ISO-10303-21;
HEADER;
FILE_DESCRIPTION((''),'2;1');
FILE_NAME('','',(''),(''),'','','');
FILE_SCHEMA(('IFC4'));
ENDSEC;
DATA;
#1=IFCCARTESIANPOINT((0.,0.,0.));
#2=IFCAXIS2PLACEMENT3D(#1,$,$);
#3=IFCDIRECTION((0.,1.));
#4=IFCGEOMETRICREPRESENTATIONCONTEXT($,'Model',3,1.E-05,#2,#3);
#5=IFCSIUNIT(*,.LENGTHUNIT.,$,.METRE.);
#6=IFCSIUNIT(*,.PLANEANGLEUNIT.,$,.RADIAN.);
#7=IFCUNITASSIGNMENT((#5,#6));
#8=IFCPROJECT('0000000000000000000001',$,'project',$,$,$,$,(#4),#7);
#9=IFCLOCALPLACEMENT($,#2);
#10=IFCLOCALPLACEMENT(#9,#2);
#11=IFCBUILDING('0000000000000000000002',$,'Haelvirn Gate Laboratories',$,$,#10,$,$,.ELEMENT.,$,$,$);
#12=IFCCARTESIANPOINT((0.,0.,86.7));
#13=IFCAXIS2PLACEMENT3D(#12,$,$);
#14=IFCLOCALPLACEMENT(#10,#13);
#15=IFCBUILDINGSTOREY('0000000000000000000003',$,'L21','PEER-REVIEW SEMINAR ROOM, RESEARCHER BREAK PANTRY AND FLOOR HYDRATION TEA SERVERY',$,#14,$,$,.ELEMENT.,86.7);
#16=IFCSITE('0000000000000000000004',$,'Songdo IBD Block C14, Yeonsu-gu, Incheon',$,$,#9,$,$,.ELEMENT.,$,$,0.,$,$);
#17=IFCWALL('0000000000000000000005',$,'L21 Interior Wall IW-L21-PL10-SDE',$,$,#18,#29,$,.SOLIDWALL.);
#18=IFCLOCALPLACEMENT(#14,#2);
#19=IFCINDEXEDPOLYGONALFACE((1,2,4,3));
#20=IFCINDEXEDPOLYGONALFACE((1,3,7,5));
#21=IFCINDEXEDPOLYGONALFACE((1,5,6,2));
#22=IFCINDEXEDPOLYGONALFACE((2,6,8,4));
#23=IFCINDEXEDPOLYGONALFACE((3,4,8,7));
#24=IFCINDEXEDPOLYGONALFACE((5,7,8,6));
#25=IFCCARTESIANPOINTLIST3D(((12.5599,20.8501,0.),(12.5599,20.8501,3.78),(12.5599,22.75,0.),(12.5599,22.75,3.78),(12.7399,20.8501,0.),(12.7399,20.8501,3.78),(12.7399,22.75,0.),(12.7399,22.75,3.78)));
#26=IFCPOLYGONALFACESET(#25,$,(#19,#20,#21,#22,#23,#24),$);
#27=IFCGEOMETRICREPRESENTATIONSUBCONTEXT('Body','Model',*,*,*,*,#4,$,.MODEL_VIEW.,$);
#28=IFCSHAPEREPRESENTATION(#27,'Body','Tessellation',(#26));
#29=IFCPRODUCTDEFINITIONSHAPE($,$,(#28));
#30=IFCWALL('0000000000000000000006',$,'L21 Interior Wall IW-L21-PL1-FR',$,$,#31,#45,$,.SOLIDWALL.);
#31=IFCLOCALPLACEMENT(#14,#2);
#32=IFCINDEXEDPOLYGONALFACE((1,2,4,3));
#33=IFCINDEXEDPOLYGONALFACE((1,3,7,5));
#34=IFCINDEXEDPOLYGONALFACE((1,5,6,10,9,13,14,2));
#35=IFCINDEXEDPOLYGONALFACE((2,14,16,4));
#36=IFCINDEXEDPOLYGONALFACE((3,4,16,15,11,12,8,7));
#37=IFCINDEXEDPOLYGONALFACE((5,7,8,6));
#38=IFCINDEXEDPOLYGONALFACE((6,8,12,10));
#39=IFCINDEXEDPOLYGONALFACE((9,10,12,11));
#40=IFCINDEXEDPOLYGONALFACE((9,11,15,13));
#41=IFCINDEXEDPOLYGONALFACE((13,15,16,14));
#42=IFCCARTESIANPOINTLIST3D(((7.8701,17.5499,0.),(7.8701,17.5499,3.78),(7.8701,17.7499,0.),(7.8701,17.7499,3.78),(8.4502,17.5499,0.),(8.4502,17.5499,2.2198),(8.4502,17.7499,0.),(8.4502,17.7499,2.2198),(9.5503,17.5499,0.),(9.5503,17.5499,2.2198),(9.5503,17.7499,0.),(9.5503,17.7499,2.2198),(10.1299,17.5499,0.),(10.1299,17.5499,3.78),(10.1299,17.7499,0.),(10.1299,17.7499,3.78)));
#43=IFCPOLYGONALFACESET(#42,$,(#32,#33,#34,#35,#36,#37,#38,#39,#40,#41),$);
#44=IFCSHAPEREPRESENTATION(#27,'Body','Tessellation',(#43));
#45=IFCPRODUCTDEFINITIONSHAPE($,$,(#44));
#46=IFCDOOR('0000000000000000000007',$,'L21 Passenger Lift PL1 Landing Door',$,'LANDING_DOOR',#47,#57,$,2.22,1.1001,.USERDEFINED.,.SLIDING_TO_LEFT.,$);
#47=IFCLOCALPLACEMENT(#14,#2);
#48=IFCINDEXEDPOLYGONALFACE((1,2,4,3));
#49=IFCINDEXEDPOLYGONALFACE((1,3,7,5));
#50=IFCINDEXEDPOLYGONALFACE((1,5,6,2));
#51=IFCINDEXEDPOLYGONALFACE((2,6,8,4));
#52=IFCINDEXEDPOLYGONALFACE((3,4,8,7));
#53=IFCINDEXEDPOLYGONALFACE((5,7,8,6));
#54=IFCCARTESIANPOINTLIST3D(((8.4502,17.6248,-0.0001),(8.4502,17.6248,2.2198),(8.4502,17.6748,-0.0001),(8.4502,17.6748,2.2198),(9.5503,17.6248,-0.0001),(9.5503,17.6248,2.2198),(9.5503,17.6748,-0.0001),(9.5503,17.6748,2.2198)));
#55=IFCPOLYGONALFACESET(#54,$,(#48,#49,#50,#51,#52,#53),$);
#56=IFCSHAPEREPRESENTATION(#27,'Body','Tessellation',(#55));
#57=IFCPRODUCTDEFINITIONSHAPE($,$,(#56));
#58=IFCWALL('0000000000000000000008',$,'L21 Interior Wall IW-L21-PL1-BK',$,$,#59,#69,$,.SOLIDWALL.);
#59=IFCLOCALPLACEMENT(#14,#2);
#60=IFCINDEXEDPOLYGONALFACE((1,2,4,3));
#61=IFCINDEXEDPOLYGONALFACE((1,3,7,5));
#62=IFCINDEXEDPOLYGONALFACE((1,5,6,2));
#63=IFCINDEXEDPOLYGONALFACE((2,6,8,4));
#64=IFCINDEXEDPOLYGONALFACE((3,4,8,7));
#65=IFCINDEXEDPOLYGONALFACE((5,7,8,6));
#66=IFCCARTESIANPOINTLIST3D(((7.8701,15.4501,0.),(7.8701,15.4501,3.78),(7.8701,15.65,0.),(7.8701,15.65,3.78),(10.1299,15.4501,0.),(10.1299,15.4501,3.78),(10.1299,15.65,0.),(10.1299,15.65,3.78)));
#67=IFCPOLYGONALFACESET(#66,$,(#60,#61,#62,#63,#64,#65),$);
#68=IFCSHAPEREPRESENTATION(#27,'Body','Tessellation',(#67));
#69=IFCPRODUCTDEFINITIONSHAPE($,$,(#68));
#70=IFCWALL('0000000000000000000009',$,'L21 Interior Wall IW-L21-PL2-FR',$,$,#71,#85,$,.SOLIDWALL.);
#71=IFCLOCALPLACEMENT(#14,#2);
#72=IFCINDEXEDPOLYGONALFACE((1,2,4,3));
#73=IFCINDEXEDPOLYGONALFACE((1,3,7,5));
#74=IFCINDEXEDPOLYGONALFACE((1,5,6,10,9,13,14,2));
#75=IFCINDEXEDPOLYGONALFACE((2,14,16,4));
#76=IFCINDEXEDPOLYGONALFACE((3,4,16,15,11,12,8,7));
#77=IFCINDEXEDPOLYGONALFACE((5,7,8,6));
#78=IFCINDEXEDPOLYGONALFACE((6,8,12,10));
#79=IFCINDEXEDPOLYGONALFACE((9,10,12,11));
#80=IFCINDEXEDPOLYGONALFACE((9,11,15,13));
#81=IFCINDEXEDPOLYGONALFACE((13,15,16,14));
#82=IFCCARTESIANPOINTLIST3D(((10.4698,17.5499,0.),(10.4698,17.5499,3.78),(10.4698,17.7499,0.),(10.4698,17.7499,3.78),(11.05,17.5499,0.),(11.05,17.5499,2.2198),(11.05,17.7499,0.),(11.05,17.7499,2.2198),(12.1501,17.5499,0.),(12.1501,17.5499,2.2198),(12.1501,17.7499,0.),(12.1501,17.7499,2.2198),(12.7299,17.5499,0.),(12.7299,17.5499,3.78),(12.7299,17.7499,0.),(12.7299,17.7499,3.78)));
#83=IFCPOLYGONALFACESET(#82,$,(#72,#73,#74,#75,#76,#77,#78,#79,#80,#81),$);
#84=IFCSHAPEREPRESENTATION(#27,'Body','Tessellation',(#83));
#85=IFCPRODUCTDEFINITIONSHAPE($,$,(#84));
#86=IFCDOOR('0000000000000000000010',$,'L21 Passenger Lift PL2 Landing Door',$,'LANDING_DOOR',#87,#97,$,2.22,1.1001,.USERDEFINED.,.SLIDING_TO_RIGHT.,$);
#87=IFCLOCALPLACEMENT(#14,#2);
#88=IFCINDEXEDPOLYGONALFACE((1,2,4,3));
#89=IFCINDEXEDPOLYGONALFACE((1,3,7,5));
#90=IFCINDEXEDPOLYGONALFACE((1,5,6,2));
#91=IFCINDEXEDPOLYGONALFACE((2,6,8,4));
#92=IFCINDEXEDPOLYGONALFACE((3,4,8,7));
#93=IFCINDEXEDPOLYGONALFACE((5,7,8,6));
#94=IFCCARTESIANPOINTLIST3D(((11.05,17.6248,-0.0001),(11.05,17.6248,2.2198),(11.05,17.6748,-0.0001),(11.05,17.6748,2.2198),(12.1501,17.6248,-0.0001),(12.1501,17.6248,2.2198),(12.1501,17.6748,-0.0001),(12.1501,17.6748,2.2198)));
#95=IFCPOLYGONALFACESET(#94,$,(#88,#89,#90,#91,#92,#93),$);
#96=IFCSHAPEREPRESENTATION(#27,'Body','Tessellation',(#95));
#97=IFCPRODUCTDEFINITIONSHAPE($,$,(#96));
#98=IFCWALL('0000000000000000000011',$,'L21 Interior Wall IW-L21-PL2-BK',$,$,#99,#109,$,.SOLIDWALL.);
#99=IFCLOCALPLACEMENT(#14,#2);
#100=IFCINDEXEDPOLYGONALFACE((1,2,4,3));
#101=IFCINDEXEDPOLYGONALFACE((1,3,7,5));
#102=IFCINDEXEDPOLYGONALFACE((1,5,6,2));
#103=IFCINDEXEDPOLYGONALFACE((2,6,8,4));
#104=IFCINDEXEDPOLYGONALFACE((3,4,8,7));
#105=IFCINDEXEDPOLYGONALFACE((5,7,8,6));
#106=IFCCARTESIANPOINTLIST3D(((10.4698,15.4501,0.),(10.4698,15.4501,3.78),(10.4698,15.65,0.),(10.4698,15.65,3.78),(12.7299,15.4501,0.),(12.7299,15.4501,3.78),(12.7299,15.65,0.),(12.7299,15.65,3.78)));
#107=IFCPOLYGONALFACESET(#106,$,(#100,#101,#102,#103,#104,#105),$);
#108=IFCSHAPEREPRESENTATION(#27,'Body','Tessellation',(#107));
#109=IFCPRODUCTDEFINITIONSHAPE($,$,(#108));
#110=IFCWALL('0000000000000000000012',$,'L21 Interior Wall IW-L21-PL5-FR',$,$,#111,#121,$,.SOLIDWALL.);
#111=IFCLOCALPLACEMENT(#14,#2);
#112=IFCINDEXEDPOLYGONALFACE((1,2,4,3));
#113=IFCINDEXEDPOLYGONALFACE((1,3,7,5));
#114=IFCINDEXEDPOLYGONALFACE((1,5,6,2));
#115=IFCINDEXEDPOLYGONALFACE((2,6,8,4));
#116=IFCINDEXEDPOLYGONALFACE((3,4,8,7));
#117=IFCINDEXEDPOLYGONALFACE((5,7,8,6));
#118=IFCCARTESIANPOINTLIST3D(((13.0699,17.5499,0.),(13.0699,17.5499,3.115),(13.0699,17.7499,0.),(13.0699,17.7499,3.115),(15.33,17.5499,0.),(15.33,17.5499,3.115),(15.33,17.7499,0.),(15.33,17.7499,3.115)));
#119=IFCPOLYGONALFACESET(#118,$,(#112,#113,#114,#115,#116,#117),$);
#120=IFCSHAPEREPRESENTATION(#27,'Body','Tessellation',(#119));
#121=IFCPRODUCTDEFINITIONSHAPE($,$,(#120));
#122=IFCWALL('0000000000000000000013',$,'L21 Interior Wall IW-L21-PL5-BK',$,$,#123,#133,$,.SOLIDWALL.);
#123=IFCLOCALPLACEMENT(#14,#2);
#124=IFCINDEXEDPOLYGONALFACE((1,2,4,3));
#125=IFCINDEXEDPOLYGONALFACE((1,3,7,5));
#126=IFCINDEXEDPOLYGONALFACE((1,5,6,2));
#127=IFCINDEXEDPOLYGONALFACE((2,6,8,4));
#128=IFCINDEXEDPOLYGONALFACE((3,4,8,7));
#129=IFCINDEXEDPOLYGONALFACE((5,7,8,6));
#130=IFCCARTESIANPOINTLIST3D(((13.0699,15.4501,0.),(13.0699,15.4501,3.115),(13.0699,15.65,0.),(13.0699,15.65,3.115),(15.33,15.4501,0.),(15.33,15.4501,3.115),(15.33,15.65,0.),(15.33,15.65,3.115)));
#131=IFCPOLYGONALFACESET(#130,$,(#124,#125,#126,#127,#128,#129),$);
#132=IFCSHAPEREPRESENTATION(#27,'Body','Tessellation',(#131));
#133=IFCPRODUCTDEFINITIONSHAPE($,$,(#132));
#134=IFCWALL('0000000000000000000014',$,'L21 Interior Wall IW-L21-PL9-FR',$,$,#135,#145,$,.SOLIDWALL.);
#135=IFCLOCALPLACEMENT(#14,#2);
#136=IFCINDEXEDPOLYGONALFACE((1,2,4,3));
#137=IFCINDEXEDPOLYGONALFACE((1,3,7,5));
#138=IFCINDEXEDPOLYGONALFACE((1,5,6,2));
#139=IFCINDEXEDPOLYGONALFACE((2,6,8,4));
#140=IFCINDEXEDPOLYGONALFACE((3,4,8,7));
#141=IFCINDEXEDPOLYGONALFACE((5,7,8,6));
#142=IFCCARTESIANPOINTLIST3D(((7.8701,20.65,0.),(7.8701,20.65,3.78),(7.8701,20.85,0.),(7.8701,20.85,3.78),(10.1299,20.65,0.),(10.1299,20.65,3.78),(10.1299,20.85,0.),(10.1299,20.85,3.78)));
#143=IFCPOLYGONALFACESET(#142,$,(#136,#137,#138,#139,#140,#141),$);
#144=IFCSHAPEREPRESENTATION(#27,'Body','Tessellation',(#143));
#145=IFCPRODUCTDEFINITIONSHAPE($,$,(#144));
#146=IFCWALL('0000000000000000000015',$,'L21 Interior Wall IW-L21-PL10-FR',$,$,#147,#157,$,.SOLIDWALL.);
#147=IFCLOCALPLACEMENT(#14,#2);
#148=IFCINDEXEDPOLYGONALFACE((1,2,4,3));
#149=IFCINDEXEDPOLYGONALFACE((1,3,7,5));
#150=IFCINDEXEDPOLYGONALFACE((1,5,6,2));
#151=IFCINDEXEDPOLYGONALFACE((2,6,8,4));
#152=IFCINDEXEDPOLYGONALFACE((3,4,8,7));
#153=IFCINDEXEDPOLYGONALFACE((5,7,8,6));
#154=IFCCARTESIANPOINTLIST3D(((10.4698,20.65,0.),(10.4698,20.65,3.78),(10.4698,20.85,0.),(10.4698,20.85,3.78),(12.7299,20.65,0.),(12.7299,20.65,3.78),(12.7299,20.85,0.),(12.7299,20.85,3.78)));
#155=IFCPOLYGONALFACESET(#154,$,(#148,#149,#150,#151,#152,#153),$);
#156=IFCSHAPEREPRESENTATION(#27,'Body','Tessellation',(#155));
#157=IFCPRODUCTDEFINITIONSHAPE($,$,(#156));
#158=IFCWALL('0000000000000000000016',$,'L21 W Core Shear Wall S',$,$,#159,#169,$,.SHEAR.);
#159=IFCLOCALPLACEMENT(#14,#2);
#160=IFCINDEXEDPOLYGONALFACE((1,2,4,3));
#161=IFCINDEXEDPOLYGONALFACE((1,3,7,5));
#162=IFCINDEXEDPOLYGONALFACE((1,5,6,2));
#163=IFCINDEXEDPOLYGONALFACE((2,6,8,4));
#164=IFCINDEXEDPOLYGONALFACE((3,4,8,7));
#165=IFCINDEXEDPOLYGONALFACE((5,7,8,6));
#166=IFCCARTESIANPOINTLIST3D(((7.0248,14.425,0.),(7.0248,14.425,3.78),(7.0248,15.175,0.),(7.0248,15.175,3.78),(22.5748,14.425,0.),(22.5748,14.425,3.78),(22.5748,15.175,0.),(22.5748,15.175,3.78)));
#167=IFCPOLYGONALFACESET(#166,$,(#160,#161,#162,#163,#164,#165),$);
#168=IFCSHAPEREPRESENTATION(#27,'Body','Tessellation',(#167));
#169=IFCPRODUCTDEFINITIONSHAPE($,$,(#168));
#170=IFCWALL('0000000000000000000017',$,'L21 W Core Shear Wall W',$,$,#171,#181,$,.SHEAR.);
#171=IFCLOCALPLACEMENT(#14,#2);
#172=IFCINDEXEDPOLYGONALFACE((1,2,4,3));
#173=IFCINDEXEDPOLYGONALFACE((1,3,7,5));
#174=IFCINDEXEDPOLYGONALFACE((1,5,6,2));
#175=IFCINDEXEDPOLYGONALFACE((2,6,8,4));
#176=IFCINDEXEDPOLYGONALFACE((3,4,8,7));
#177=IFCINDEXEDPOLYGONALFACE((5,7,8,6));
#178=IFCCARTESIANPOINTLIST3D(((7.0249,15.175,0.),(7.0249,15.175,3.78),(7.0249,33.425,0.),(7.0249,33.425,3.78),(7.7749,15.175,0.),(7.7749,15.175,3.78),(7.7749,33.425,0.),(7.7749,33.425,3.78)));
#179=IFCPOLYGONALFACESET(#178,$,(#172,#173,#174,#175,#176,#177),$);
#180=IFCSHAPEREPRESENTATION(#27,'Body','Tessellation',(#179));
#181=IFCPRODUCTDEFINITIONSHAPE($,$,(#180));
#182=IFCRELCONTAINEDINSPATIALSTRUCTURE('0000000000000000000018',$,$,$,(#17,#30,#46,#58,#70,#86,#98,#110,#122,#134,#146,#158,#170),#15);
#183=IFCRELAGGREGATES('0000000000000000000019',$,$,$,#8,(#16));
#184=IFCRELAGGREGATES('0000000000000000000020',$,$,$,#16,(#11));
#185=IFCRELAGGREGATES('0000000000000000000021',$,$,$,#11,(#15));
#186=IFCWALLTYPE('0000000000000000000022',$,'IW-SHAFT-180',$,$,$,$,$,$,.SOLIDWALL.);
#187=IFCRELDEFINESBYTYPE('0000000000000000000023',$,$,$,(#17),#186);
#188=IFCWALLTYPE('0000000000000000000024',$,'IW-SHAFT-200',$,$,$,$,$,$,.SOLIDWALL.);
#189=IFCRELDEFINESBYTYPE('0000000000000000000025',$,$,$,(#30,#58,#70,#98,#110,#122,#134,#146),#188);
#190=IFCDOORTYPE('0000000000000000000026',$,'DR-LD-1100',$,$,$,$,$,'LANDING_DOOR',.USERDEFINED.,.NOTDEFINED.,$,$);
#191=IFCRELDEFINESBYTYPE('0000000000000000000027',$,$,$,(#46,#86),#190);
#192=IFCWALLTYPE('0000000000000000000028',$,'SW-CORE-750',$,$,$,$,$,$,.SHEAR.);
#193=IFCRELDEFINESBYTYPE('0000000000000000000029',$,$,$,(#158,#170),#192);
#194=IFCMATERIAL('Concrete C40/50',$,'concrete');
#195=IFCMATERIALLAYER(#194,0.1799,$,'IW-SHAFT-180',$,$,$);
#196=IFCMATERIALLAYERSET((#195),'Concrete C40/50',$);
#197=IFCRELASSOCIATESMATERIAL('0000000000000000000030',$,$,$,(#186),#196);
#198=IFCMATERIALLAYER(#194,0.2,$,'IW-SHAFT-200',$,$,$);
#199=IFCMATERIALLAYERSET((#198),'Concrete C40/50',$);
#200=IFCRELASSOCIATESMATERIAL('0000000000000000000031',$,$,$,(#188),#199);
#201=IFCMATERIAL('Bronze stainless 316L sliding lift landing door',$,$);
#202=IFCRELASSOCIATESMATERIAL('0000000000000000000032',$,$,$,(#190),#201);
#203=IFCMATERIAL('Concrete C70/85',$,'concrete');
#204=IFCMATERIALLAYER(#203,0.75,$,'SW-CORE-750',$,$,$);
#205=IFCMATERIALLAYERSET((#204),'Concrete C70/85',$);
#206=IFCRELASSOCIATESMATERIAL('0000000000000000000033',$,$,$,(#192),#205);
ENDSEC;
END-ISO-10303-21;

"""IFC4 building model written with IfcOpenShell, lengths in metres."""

from ifc_helpers import new_model, si_unit, direction, frame, frame_2d, origin, place, context, subcontext, project, spatial, rectangle, extrude, source, transform, mapped, material, layer, layer_set, type_object, type_shapes, element, fill, save


model = new_model("IFC4")

# Units and contexts
model_context = context("Model", 3, precision=1e-05, world=origin(), true_north=direction((0.0, 1.0)))
body_context = subcontext(model_context, "Body", "Model", "MODEL_VIEW")
ifc_project = project(units=[si_unit("LENGTHUNIT", "METRE"), si_unit("PLANEANGLEUNIT", "RADIAN")], contexts=[model_context])

# Site, building, storey
site_placement = place(None, origin())
site = spatial("IfcSite", under=ifc_project, at=site_placement, Name="Songdo IBD Block C14, Yeonsu-gu, Incheon", CompositionType="ELEMENT", RefElevation=0.0)
building_placement = place(site_placement, origin())
building = spatial("IfcBuilding", under=site, at=building_placement, Name="Haelvirn Gate Laboratories", CompositionType="ELEMENT")
storey_placement = place(building_placement, frame((0.0, 0.0, 86.7)))
storey = spatial("IfcBuildingStorey", under=building, at=storey_placement, Name="L21", Description="PEER-REVIEW SEMINAR ROOM, RESEARCHER BREAK PANTRY AND FLOOR HYDRATION TEA SERVERY", CompositionType="ELEMENT", Elevation=86.7)

# Shared definitions
ifc_material_1 = material(Name="Concrete C70/85", Category="concrete")

# Wall
ifc_material_2 = material(Name="Concrete C40/50", Category="concrete")
ifc_layer_1 = layer(ifc_material_2, 0.1799, Name="IW-SHAFT-180")
ifc_layer_set_1 = layer_set([ifc_layer_1], Name="Concrete C40/50")
wall_type_1 = type_object("IfcWallType", Name="IW-SHAFT-180", PredefinedType="SOLIDWALL", material=ifc_layer_set_1)
for number, where, z_axis, x_axis, name in (
    (1, (12.6499, 20.8501, 0.0), (0.0, 0.0, 1.0), (0.0, 1.0, 0.0), "L21 Interior Wall IW-L21-PL10-SDE"),
):
    element("IfcWall", number, at=place(storey_placement, frame(where, z_axis=z_axis, x_axis=x_axis)), inside=storey, type_object=wall_type_1, Name=name, PredefinedType="SOLIDWALL", context=body_context, shape_type="SweptSolid", body=[
        extrude(rectangle(XDim=1.8999, YDim=0.1799, at=frame_2d((0.95, 0.0))), origin(), (0.0, 0.0, 1.0), 3.78),
    ])

# Wall, opening, door
ifc_layer_2 = layer(ifc_material_2, 0.2, Name="IW-SHAFT-200")
ifc_layer_set_2 = layer_set([ifc_layer_2], Name="Concrete C40/50")
wall_type_2 = type_object("IfcWallType", Name="IW-SHAFT-200", PredefinedType="SOLIDWALL", material=ifc_layer_set_2)
wall_1_placement = place(storey_placement, frame((7.8701, 17.6499, 0.0), z_axis=(0.0, 0.0, 1.0), x_axis=(1.0, 0.0, 0.0)))
wall_1 = element("IfcWall", 2, at=wall_1_placement, inside=storey, type_object=wall_type_2, Name="L21 Interior Wall IW-L21-PL1-FR", PredefinedType="SOLIDWALL", context=body_context, shape_type="SweptSolid", body=[
    extrude(rectangle(XDim=2.2598, YDim=0.2, at=frame_2d((1.1299, 0.0))), origin(), (0.0, 0.0, 1.0), 3.78),
])
opening_1_placement = place(wall_1_placement, frame((0.5801, 0.0, 0.0)))
opening_1 = element("IfcOpeningElement", 3, at=opening_1_placement, cuts=wall_1, PredefinedType="OPENING", context=body_context, shape_type="SweptSolid", body=[
    extrude(rectangle(XDim=1.1001, YDim=2.22, at=frame_2d((0.55, 1.1099))), frame((0.0, 0.1099, 0.0), z_axis=(0.0, -1.0, 0.0), x_axis=(1.0, 0.0, 0.0)), (0.0, 0.0, 1.0), 0.22),
])
ifc_material_3 = material(Name="Bronze stainless 316L sliding lift landing door")
door_type_1 = type_object("IfcDoorType", Name="DR-LD-1100", ElementType="LANDING_DOOR", OperationType="NOTDEFINED", PredefinedType="USERDEFINED", material=ifc_material_3)
shared_shape_1 = source(origin(), body_context, "Body", "SweptSolid", [
    extrude(rectangle(XDim=1.1001, YDim=2.22, at=frame_2d((0.55, 1.1099))), frame((0.0, 0.0249, 0.0), z_axis=(0.0, -1.0, 0.0), x_axis=(1.0, 0.0, 0.0)), (0.0, 0.0, 1.0), 0.05),
])
type_shapes(door_type_1, [shared_shape_1])
door_1_placement = place(opening_1_placement, origin())
door_1 = element("IfcDoor", 4, at=door_1_placement, inside=storey, type_object=door_type_1, Name="L21 Passenger Lift PL1 Landing Door", ObjectType="LANDING_DOOR", OperationType="SLIDING_TO_LEFT", OverallHeight=2.22, OverallWidth=1.1001, PredefinedType="USERDEFINED", context=body_context, shape_type="MappedRepresentation", body=[
    mapped(shared_shape_1, transform((0.0, 0.0, 0.0), scale=1.0)),
])
fill(opening_1, door_1)

# Wall
wall_2_placement = place(storey_placement, frame((7.8701, 15.55, 0.0), z_axis=(0.0, 0.0, 1.0), x_axis=(1.0, 0.0, 0.0)))
element("IfcWall", 5, at=wall_2_placement, inside=storey, type_object=wall_type_2, Name="L21 Interior Wall IW-L21-PL1-BK", PredefinedType="SOLIDWALL", context=body_context, shape_type="SweptSolid", body=[
    extrude(rectangle(XDim=2.2598, YDim=0.2, at=frame_2d((1.1299, 0.0))), origin(), (0.0, 0.0, 1.0), 3.78),
])

# Wall, opening, door
wall_3_placement = place(storey_placement, frame((10.47, 17.6499, 0.0), z_axis=(0.0, 0.0, 1.0), x_axis=(1.0, 0.0, 0.0)))
wall_3 = element("IfcWall", 6, at=wall_3_placement, inside=storey, type_object=wall_type_2, Name="L21 Interior Wall IW-L21-PL2-FR", PredefinedType="SOLIDWALL", context=body_context, shape_type="SweptSolid", body=[
    extrude(rectangle(XDim=2.26, YDim=0.2, at=frame_2d((1.1299, 0.0))), origin(), (0.0, 0.0, 1.0), 3.78),
])
opening_2_placement = place(wall_3_placement, frame((0.5801, 0.0, 0.0)))
opening_2 = element("IfcOpeningElement", 7, at=opening_2_placement, cuts=wall_3, PredefinedType="OPENING", context=body_context, shape_type="SweptSolid", body=[
    extrude(rectangle(XDim=1.1001, YDim=2.22, at=frame_2d((0.55, 1.1099))), frame((0.0, 0.1099, 0.0), z_axis=(0.0, -1.0, 0.0), x_axis=(1.0, 0.0, 0.0)), (0.0, 0.0, 1.0), 0.22),
])
door_2_placement = place(opening_2_placement, origin())
door_2 = element("IfcDoor", 8, at=door_2_placement, inside=storey, type_object=door_type_1, Name="L21 Passenger Lift PL2 Landing Door", ObjectType="LANDING_DOOR", OperationType="SLIDING_TO_RIGHT", OverallHeight=2.22, OverallWidth=1.1001, PredefinedType="USERDEFINED", context=body_context, shape_type="MappedRepresentation", body=[
    mapped(shared_shape_1, transform((0.0, 0.0, 0.0), scale=1.0)),
])
fill(opening_2, door_2)

# Walls
wall_4_placement = place(storey_placement, frame((10.47, 15.55, 0.0), z_axis=(0.0, 0.0, 1.0), x_axis=(1.0, 0.0, 0.0)))
element("IfcWall", 9, at=wall_4_placement, inside=storey, type_object=wall_type_2, Name="L21 Interior Wall IW-L21-PL2-BK", PredefinedType="SOLIDWALL", context=body_context, shape_type="SweptSolid", body=[
    extrude(rectangle(XDim=2.26, YDim=0.2, at=frame_2d((1.1299, 0.0))), origin(), (0.0, 0.0, 1.0), 3.78),
])
for number, where, z_axis, x_axis, name in (
    (10, (13.0701, 17.6499, 0.0), (0.0, 0.0, 1.0), (1.0, 0.0, 0.0), "L21 Interior Wall IW-L21-PL5-FR"),
    (11, (13.0701, 15.55, 0.0), (0.0, 0.0, 1.0), (1.0, 0.0, 0.0), "L21 Interior Wall IW-L21-PL5-BK"),
):
    element("IfcWall", number, at=place(storey_placement, frame(where, z_axis=z_axis, x_axis=x_axis)), inside=storey, type_object=wall_type_2, Name=name, PredefinedType="SOLIDWALL", context=body_context, shape_type="SweptSolid", body=[
        extrude(rectangle(XDim=2.26, YDim=0.2, at=frame_2d((1.1299, 0.0))), origin(), (0.0, 0.0, 1.0), 3.115),
    ])
wall_5_placement = place(storey_placement, frame((7.8701, 20.75, 0.0), z_axis=(0.0, 0.0, 1.0), x_axis=(1.0, 0.0, 0.0)))
element("IfcWall", 12, at=wall_5_placement, inside=storey, type_object=wall_type_2, Name="L21 Interior Wall IW-L21-PL9-FR", PredefinedType="SOLIDWALL", context=body_context, shape_type="SweptSolid", body=[
    extrude(rectangle(XDim=2.2598, YDim=0.2, at=frame_2d((1.1299, 0.0))), origin(), (0.0, 0.0, 1.0), 3.78),
])
wall_6_placement = place(storey_placement, frame((10.47, 20.75, 0.0), z_axis=(0.0, 0.0, 1.0), x_axis=(1.0, 0.0, 0.0)))
element("IfcWall", 13, at=wall_6_placement, inside=storey, type_object=wall_type_2, Name="L21 Interior Wall IW-L21-PL10-FR", PredefinedType="SOLIDWALL", context=body_context, shape_type="SweptSolid", body=[
    extrude(rectangle(XDim=2.26, YDim=0.2, at=frame_2d((1.1299, 0.0))), origin(), (0.0, 0.0, 1.0), 3.78),
])
ifc_layer_3 = layer(ifc_material_1, 0.75, Name="SW-CORE-750")
ifc_layer_set_3 = layer_set([ifc_layer_3], Name="Concrete C70/85")
wall_type_3 = type_object("IfcWallType", Name="SW-CORE-750", PredefinedType="SHEAR", material=ifc_layer_set_3)
wall_7_placement = place(storey_placement, frame((7.0249, 14.8, 0.0), z_axis=(0.0, 0.0, 1.0), x_axis=(1.0, 0.0, 0.0)))
element("IfcWall", 14, at=wall_7_placement, inside=storey, type_object=wall_type_3, Name="L21 W Core Shear Wall S", PredefinedType="SHEAR", context=body_context, shape_type="SweptSolid", body=[
    extrude(rectangle(XDim=15.55, YDim=0.75, at=frame_2d((7.7749, 0.0))), origin(), (0.0, 0.0, 1.0), 3.78),
])
wall_8_placement = place(storey_placement, frame((7.3999, 15.175, 0.0), z_axis=(0.0, 0.0, 1.0), x_axis=(0.0, 1.0, 0.0)))
element("IfcWall", 15, at=wall_8_placement, inside=storey, type_object=wall_type_3, Name="L21 W Core Shear Wall W", PredefinedType="SHEAR", context=body_context, shape_type="SweptSolid", body=[
    extrude(rectangle(XDim=18.25, YDim=0.75, at=frame_2d((9.125, 0.0))), origin(), (0.0, 0.0, 1.0), 3.78),
])

save(model, "model.ifc")
